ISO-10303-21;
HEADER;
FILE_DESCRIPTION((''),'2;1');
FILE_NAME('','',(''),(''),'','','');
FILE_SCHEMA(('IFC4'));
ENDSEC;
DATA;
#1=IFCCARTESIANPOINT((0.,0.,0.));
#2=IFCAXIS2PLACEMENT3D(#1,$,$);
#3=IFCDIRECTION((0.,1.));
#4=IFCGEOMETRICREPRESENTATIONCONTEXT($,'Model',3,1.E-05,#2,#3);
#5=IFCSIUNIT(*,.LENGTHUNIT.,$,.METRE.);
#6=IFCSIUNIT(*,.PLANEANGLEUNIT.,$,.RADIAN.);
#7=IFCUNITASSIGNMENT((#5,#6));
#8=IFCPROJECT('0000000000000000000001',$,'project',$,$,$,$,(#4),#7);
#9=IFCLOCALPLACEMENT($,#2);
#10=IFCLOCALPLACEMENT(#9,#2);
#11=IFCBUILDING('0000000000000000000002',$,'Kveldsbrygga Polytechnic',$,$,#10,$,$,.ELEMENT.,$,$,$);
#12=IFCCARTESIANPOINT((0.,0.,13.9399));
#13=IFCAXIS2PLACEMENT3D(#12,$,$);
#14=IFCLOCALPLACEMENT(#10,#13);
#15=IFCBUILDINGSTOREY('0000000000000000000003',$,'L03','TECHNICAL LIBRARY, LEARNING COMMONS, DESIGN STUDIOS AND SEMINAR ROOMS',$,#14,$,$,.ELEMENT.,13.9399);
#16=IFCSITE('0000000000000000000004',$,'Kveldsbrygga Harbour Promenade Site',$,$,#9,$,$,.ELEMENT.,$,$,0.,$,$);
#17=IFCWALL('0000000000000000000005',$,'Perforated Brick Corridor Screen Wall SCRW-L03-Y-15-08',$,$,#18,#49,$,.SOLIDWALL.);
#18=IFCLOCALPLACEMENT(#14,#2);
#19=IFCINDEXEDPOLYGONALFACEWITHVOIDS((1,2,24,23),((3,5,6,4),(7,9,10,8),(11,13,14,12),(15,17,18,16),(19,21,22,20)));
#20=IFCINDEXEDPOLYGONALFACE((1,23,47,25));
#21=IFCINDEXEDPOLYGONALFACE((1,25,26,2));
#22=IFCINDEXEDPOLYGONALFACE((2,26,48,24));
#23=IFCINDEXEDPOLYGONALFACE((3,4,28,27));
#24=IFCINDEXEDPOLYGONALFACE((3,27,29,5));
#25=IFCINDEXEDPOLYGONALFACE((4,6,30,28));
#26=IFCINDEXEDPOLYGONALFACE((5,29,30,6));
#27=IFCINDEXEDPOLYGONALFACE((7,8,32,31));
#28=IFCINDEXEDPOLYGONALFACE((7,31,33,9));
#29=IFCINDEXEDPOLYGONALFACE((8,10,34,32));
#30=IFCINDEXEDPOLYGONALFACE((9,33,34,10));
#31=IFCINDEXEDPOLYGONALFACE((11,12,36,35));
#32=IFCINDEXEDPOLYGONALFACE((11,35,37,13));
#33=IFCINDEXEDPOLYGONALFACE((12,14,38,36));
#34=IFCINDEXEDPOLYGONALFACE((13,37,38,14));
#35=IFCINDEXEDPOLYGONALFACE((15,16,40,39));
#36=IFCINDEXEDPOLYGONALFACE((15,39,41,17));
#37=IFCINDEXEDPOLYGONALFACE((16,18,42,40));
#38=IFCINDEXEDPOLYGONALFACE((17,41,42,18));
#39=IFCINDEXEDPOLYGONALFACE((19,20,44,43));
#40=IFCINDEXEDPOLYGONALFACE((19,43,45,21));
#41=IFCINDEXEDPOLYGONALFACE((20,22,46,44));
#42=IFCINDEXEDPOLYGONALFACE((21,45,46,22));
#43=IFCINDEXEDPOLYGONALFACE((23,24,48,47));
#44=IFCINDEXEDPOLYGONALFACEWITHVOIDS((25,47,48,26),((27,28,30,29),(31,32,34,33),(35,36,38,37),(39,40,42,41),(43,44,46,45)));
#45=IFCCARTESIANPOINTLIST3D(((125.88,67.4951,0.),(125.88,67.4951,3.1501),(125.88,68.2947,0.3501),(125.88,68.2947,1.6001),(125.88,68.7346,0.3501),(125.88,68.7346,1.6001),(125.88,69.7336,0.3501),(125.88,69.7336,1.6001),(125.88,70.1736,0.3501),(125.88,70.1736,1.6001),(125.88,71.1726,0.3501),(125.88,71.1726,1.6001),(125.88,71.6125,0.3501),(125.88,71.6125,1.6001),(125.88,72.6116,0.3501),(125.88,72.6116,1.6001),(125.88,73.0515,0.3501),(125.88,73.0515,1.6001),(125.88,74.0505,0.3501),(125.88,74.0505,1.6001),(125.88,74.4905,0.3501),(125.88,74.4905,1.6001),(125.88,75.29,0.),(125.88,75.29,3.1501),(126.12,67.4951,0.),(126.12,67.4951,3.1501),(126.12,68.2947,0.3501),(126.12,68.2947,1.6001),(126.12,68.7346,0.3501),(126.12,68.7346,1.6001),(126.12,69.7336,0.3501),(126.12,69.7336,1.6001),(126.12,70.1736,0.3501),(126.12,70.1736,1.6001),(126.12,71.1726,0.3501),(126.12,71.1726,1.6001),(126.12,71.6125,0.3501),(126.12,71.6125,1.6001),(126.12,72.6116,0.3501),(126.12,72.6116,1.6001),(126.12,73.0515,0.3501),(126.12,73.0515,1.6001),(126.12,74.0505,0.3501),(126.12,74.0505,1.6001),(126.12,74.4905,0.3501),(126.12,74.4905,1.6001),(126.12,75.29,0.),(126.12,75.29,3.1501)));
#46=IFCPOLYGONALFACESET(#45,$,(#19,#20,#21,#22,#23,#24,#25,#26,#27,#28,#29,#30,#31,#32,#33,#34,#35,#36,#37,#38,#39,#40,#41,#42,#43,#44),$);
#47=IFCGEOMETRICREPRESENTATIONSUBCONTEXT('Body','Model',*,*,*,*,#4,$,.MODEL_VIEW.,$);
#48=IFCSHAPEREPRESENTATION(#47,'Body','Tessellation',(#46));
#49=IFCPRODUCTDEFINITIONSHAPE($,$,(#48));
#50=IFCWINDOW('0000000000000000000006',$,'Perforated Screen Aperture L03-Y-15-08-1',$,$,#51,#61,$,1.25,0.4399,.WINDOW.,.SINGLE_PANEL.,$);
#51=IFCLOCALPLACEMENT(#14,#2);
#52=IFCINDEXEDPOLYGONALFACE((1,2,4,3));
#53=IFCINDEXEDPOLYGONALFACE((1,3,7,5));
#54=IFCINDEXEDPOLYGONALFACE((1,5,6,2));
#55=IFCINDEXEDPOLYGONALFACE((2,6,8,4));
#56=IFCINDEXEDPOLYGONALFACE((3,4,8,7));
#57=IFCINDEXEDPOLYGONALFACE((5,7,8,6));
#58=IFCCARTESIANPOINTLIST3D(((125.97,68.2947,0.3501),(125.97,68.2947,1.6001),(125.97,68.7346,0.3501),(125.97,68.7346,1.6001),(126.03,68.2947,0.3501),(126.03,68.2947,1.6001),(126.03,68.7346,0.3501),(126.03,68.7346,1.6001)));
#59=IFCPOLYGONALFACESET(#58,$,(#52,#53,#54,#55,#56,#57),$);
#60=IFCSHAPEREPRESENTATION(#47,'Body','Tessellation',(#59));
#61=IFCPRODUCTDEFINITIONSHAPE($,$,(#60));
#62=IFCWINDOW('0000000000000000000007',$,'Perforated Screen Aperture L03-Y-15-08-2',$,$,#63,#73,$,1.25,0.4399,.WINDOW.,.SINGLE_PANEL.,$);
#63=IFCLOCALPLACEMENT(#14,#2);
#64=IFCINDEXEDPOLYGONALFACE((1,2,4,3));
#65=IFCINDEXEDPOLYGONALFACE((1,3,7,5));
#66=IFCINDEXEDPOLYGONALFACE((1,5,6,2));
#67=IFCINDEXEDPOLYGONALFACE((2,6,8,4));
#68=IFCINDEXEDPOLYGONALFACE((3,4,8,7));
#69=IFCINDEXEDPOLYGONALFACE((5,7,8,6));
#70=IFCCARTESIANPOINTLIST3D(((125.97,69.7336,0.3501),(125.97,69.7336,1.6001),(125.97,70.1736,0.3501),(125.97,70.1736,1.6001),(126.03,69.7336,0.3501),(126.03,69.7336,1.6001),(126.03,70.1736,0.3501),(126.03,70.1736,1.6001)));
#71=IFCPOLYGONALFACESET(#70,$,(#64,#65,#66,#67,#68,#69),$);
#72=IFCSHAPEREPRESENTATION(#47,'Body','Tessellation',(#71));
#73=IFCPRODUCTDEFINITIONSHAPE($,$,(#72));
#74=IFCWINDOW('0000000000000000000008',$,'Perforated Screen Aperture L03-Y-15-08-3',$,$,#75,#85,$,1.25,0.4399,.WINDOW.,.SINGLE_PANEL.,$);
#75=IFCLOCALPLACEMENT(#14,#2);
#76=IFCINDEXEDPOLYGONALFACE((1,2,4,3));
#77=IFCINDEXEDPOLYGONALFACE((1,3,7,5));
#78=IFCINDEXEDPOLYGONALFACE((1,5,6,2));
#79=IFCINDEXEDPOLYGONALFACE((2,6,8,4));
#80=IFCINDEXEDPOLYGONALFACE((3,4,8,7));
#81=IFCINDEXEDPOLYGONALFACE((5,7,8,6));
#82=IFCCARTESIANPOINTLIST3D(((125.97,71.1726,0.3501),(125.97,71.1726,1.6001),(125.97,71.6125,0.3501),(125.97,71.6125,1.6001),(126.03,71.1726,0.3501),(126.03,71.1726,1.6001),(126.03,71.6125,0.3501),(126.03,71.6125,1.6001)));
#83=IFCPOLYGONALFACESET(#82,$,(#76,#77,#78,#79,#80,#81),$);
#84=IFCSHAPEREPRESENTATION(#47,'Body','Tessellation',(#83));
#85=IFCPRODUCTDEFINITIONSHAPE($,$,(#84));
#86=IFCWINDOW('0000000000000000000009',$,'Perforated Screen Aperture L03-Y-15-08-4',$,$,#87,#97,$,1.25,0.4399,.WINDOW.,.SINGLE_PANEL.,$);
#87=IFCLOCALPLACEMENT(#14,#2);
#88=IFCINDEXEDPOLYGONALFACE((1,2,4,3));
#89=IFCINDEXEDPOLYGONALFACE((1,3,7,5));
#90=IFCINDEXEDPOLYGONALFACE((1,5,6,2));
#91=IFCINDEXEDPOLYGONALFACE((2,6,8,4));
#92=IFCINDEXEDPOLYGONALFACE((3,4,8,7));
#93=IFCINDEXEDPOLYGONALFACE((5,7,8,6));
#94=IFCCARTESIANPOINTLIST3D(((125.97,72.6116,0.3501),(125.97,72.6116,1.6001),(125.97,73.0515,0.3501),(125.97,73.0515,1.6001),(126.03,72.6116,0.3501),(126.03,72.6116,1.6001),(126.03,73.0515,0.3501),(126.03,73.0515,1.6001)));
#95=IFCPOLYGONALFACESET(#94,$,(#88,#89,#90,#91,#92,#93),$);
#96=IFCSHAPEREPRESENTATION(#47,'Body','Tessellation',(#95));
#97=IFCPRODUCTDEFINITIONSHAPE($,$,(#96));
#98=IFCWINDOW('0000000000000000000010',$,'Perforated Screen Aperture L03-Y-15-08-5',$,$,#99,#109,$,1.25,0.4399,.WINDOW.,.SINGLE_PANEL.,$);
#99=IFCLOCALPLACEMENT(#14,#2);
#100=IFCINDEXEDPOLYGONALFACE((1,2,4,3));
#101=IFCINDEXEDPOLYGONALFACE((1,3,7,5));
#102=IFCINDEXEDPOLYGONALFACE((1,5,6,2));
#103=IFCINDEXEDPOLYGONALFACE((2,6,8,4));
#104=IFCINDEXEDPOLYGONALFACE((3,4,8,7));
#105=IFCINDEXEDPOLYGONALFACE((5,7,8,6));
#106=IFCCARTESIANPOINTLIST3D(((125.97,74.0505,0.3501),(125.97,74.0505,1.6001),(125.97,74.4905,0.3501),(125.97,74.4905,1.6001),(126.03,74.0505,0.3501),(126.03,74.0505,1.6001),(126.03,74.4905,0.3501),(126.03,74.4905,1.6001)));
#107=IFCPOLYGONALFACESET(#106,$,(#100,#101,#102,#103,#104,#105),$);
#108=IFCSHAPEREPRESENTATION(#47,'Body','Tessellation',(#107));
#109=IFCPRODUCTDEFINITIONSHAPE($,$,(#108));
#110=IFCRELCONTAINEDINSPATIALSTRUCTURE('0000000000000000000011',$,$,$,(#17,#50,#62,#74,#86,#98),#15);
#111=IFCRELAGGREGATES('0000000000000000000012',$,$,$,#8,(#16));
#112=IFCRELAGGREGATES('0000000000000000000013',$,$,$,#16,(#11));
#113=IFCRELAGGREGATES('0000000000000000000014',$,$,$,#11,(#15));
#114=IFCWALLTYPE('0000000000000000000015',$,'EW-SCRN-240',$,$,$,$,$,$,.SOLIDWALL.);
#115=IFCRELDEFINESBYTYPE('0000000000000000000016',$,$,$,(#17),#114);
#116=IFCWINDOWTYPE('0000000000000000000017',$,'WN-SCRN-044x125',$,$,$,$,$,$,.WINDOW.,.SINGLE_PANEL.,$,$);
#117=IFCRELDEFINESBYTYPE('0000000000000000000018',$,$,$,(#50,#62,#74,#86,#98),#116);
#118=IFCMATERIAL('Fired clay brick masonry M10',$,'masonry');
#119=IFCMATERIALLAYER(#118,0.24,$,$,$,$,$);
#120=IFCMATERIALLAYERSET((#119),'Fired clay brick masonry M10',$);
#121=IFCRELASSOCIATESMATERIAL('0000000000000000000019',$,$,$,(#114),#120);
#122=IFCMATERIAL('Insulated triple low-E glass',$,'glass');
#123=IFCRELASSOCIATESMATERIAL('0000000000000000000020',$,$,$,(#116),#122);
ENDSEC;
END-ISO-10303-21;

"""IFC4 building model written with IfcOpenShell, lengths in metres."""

from ifc_helpers import new_model, si_unit, direction, frame, frame_2d, origin, place, context, subcontext, project, spatial, rectangle, extrude, material, layer, layer_set, type_object, element, fill, save


model = new_model("IFC4")

# Units and contexts
model_context = context("Model", 3, precision=1e-05, world=origin(), true_north=direction((0.0, 1.0)))
body_context = subcontext(model_context, "Body", "Model", "MODEL_VIEW")
ifc_project = project(units=[si_unit("LENGTHUNIT", "METRE"), si_unit("PLANEANGLEUNIT", "RADIAN")], contexts=[model_context])

# Site, building, storey
site_placement = place(None, origin())
site = spatial("IfcSite", under=ifc_project, at=site_placement, Name="Kveldsbrygga Harbour Promenade Site", CompositionType="ELEMENT", RefElevation=0.0)
building_placement = place(site_placement, origin())
building = spatial("IfcBuilding", under=site, at=building_placement, Name="Kveldsbrygga Polytechnic", CompositionType="ELEMENT")
storey_placement = place(building_placement, frame((0.0, 0.0, 13.9399)))
storey = spatial("IfcBuildingStorey", under=building, at=storey_placement, Name="L03", Description="TECHNICAL LIBRARY, LEARNING COMMONS, DESIGN STUDIOS AND SEMINAR ROOMS", CompositionType="ELEMENT", Elevation=13.9399)

# Wall, openings, windows
ifc_material_1 = material(Name="Fired clay brick masonry M10", Category="masonry")
ifc_layer = layer(ifc_material_1, 0.24)
ifc_layer_set = layer_set([ifc_layer], Name="Fired clay brick masonry M10")
wall_type = type_object("IfcWallType", Name="EW-SCRN-240", PredefinedType="SOLIDWALL", material=ifc_layer_set)
wall_1_placement = place(storey_placement, frame((126.0, 67.4951, 0.0), z_axis=(0.0, 0.0, 1.0), x_axis=(0.0, 1.0, 0.0)))
wall_1 = element("IfcWall", 1, at=wall_1_placement, inside=storey, type_object=wall_type, Name="Perforated Brick Corridor Screen Wall SCRW-L03-Y-15-08", PredefinedType="SOLIDWALL", context=body_context, shape_type="SweptSolid", body=[
    extrude(rectangle(XDim=7.7949, YDim=0.24, at=frame_2d((3.8975, 0.0))), origin(), (0.0, 0.0, 1.0), 3.1501),
])
opening_1_placement = place(wall_1_placement, frame((0.7996, 0.0, 0.3501)))
opening_1 = element("IfcOpeningElement", 2, at=opening_1_placement, cuts=wall_1, PredefinedType="OPENING", context=body_context, shape_type="SweptSolid", body=[
    extrude(rectangle(XDim=0.4399, YDim=1.25, at=frame_2d((0.22, 0.625))), frame((0.0, 0.1299, 0.0), z_axis=(0.0, -1.0, 0.0), x_axis=(1.0, 0.0, 0.0)), (0.0, 0.0, 1.0), 0.26),
])
opening_2_placement = place(wall_1_placement, frame((2.2385, 0.0, 0.3501)))
opening_2 = element("IfcOpeningElement", 3, at=opening_2_placement, cuts=wall_1, PredefinedType="OPENING", context=body_context, shape_type="SweptSolid", body=[
    extrude(rectangle(XDim=0.4399, YDim=1.25, at=frame_2d((0.22, 0.625))), frame((0.0, 0.1299, 0.0), z_axis=(0.0, -1.0, 0.0), x_axis=(1.0, 0.0, 0.0)), (0.0, 0.0, 1.0), 0.26),
])
opening_3_placement = place(wall_1_placement, frame((3.6775, 0.0, 0.3501)))
opening_3 = element("IfcOpeningElement", 4, at=opening_3_placement, cuts=wall_1, PredefinedType="OPENING", context=body_context, shape_type="SweptSolid", body=[
    extrude(rectangle(XDim=0.4399, YDim=1.25, at=frame_2d((0.22, 0.625))), frame((0.0, 0.1299, 0.0), z_axis=(0.0, -1.0, 0.0), x_axis=(1.0, 0.0, 0.0)), (0.0, 0.0, 1.0), 0.26),
])
opening_4_placement = place(wall_1_placement, frame((5.1165, 0.0, 0.3501)))
opening_4 = element("IfcOpeningElement", 5, at=opening_4_placement, cuts=wall_1, PredefinedType="OPENING", context=body_context, shape_type="SweptSolid", body=[
    extrude(rectangle(XDim=0.4399, YDim=1.25, at=frame_2d((0.22, 0.625))), frame((0.0, 0.1299, 0.0), z_axis=(0.0, -1.0, 0.0), x_axis=(1.0, 0.0, 0.0)), (0.0, 0.0, 1.0), 0.26),
])
opening_5_placement = place(wall_1_placement, frame((6.5554, 0.0, 0.3501)))
opening_5 = element("IfcOpeningElement", 6, at=opening_5_placement, cuts=wall_1, PredefinedType="OPENING", context=body_context, shape_type="SweptSolid", body=[
    extrude(rectangle(XDim=0.4399, YDim=1.25, at=frame_2d((0.22, 0.625))), frame((0.0, 0.1299, 0.0), z_axis=(0.0, -1.0, 0.0), x_axis=(1.0, 0.0, 0.0)), (0.0, 0.0, 1.0), 0.26),
])
ifc_material_2 = material(Name="Insulated triple low-E glass", Category="glass")
window_type = type_object("IfcWindowType", Name="WN-SCRN-044x125", PartitioningType="SINGLE_PANEL", PredefinedType="WINDOW", material=ifc_material_2)
window_1_placement = place(opening_1_placement, origin())
window_1 = element("IfcWindow", 7, at=window_1_placement, inside=storey, type_object=window_type, Name="Perforated Screen Aperture L03-Y-15-08-1", OverallHeight=1.25, OverallWidth=0.4399, PartitioningType="SINGLE_PANEL", PredefinedType="WINDOW", context=body_context, shape_type="SweptSolid", body=[
    extrude(rectangle(XDim=0.4399, YDim=1.25, at=frame_2d((0.22, 0.625))), frame((0.0, 0.03, 0.0), z_axis=(0.0, -1.0, 0.0), x_axis=(1.0, 0.0, 0.0)), (0.0, 0.0, 1.0), 0.0601),
])
fill(opening_1, window_1)
window_2_placement = place(opening_2_placement, origin())
window_2 = element("IfcWindow", 8, at=window_2_placement, inside=storey, type_object=window_type, Name="Perforated Screen Aperture L03-Y-15-08-2", OverallHeight=1.25, OverallWidth=0.4399, PartitioningType="SINGLE_PANEL", PredefinedType="WINDOW", context=body_context, shape_type="SweptSolid", body=[
    extrude(rectangle(XDim=0.4399, YDim=1.25, at=frame_2d((0.22, 0.625))), frame((0.0, 0.03, 0.0), z_axis=(0.0, -1.0, 0.0), x_axis=(1.0, 0.0, 0.0)), (0.0, 0.0, 1.0), 0.0601),
])
fill(opening_2, window_2)
window_3_placement = place(opening_3_placement, origin())
window_3 = element("IfcWindow", 9, at=window_3_placement, inside=storey, type_object=window_type, Name="Perforated Screen Aperture L03-Y-15-08-3", OverallHeight=1.25, OverallWidth=0.4399, PartitioningType="SINGLE_PANEL", PredefinedType="WINDOW", context=body_context, shape_type="SweptSolid", body=[
    extrude(rectangle(XDim=0.4399, YDim=1.25, at=frame_2d((0.22, 0.625))), frame((0.0, 0.03, 0.0), z_axis=(0.0, -1.0, 0.0), x_axis=(1.0, 0.0, 0.0)), (0.0, 0.0, 1.0), 0.0601),
])
fill(opening_3, window_3)
window_4_placement = place(opening_4_placement, origin())
window_4 = element("IfcWindow", 10, at=window_4_placement, inside=storey, type_object=window_type, Name="Perforated Screen Aperture L03-Y-15-08-4", OverallHeight=1.25, OverallWidth=0.4399, PartitioningType="SINGLE_PANEL", PredefinedType="WINDOW", context=body_context, shape_type="SweptSolid", body=[
    extrude(rectangle(XDim=0.4399, YDim=1.25, at=frame_2d((0.22, 0.625))), frame((0.0, 0.03, 0.0), z_axis=(0.0, -1.0, 0.0), x_axis=(1.0, 0.0, 0.0)), (0.0, 0.0, 1.0), 0.0601),
])
fill(opening_4, window_4)
window_5_placement = place(opening_5_placement, origin())
window_5 = element("IfcWindow", 11, at=window_5_placement, inside=storey, type_object=window_type, Name="Perforated Screen Aperture L03-Y-15-08-5", OverallHeight=1.25, OverallWidth=0.4399, PartitioningType="SINGLE_PANEL", PredefinedType="WINDOW", context=body_context, shape_type="SweptSolid", body=[
    extrude(rectangle(XDim=0.4399, YDim=1.25, at=frame_2d((0.22, 0.625))), frame((0.0, 0.03, 0.0), z_axis=(0.0, -1.0, 0.0), x_axis=(1.0, 0.0, 0.0)), (0.0, 0.0, 1.0), 0.0601),
])
fill(opening_5, window_5)

save(model, "model.ifc")
